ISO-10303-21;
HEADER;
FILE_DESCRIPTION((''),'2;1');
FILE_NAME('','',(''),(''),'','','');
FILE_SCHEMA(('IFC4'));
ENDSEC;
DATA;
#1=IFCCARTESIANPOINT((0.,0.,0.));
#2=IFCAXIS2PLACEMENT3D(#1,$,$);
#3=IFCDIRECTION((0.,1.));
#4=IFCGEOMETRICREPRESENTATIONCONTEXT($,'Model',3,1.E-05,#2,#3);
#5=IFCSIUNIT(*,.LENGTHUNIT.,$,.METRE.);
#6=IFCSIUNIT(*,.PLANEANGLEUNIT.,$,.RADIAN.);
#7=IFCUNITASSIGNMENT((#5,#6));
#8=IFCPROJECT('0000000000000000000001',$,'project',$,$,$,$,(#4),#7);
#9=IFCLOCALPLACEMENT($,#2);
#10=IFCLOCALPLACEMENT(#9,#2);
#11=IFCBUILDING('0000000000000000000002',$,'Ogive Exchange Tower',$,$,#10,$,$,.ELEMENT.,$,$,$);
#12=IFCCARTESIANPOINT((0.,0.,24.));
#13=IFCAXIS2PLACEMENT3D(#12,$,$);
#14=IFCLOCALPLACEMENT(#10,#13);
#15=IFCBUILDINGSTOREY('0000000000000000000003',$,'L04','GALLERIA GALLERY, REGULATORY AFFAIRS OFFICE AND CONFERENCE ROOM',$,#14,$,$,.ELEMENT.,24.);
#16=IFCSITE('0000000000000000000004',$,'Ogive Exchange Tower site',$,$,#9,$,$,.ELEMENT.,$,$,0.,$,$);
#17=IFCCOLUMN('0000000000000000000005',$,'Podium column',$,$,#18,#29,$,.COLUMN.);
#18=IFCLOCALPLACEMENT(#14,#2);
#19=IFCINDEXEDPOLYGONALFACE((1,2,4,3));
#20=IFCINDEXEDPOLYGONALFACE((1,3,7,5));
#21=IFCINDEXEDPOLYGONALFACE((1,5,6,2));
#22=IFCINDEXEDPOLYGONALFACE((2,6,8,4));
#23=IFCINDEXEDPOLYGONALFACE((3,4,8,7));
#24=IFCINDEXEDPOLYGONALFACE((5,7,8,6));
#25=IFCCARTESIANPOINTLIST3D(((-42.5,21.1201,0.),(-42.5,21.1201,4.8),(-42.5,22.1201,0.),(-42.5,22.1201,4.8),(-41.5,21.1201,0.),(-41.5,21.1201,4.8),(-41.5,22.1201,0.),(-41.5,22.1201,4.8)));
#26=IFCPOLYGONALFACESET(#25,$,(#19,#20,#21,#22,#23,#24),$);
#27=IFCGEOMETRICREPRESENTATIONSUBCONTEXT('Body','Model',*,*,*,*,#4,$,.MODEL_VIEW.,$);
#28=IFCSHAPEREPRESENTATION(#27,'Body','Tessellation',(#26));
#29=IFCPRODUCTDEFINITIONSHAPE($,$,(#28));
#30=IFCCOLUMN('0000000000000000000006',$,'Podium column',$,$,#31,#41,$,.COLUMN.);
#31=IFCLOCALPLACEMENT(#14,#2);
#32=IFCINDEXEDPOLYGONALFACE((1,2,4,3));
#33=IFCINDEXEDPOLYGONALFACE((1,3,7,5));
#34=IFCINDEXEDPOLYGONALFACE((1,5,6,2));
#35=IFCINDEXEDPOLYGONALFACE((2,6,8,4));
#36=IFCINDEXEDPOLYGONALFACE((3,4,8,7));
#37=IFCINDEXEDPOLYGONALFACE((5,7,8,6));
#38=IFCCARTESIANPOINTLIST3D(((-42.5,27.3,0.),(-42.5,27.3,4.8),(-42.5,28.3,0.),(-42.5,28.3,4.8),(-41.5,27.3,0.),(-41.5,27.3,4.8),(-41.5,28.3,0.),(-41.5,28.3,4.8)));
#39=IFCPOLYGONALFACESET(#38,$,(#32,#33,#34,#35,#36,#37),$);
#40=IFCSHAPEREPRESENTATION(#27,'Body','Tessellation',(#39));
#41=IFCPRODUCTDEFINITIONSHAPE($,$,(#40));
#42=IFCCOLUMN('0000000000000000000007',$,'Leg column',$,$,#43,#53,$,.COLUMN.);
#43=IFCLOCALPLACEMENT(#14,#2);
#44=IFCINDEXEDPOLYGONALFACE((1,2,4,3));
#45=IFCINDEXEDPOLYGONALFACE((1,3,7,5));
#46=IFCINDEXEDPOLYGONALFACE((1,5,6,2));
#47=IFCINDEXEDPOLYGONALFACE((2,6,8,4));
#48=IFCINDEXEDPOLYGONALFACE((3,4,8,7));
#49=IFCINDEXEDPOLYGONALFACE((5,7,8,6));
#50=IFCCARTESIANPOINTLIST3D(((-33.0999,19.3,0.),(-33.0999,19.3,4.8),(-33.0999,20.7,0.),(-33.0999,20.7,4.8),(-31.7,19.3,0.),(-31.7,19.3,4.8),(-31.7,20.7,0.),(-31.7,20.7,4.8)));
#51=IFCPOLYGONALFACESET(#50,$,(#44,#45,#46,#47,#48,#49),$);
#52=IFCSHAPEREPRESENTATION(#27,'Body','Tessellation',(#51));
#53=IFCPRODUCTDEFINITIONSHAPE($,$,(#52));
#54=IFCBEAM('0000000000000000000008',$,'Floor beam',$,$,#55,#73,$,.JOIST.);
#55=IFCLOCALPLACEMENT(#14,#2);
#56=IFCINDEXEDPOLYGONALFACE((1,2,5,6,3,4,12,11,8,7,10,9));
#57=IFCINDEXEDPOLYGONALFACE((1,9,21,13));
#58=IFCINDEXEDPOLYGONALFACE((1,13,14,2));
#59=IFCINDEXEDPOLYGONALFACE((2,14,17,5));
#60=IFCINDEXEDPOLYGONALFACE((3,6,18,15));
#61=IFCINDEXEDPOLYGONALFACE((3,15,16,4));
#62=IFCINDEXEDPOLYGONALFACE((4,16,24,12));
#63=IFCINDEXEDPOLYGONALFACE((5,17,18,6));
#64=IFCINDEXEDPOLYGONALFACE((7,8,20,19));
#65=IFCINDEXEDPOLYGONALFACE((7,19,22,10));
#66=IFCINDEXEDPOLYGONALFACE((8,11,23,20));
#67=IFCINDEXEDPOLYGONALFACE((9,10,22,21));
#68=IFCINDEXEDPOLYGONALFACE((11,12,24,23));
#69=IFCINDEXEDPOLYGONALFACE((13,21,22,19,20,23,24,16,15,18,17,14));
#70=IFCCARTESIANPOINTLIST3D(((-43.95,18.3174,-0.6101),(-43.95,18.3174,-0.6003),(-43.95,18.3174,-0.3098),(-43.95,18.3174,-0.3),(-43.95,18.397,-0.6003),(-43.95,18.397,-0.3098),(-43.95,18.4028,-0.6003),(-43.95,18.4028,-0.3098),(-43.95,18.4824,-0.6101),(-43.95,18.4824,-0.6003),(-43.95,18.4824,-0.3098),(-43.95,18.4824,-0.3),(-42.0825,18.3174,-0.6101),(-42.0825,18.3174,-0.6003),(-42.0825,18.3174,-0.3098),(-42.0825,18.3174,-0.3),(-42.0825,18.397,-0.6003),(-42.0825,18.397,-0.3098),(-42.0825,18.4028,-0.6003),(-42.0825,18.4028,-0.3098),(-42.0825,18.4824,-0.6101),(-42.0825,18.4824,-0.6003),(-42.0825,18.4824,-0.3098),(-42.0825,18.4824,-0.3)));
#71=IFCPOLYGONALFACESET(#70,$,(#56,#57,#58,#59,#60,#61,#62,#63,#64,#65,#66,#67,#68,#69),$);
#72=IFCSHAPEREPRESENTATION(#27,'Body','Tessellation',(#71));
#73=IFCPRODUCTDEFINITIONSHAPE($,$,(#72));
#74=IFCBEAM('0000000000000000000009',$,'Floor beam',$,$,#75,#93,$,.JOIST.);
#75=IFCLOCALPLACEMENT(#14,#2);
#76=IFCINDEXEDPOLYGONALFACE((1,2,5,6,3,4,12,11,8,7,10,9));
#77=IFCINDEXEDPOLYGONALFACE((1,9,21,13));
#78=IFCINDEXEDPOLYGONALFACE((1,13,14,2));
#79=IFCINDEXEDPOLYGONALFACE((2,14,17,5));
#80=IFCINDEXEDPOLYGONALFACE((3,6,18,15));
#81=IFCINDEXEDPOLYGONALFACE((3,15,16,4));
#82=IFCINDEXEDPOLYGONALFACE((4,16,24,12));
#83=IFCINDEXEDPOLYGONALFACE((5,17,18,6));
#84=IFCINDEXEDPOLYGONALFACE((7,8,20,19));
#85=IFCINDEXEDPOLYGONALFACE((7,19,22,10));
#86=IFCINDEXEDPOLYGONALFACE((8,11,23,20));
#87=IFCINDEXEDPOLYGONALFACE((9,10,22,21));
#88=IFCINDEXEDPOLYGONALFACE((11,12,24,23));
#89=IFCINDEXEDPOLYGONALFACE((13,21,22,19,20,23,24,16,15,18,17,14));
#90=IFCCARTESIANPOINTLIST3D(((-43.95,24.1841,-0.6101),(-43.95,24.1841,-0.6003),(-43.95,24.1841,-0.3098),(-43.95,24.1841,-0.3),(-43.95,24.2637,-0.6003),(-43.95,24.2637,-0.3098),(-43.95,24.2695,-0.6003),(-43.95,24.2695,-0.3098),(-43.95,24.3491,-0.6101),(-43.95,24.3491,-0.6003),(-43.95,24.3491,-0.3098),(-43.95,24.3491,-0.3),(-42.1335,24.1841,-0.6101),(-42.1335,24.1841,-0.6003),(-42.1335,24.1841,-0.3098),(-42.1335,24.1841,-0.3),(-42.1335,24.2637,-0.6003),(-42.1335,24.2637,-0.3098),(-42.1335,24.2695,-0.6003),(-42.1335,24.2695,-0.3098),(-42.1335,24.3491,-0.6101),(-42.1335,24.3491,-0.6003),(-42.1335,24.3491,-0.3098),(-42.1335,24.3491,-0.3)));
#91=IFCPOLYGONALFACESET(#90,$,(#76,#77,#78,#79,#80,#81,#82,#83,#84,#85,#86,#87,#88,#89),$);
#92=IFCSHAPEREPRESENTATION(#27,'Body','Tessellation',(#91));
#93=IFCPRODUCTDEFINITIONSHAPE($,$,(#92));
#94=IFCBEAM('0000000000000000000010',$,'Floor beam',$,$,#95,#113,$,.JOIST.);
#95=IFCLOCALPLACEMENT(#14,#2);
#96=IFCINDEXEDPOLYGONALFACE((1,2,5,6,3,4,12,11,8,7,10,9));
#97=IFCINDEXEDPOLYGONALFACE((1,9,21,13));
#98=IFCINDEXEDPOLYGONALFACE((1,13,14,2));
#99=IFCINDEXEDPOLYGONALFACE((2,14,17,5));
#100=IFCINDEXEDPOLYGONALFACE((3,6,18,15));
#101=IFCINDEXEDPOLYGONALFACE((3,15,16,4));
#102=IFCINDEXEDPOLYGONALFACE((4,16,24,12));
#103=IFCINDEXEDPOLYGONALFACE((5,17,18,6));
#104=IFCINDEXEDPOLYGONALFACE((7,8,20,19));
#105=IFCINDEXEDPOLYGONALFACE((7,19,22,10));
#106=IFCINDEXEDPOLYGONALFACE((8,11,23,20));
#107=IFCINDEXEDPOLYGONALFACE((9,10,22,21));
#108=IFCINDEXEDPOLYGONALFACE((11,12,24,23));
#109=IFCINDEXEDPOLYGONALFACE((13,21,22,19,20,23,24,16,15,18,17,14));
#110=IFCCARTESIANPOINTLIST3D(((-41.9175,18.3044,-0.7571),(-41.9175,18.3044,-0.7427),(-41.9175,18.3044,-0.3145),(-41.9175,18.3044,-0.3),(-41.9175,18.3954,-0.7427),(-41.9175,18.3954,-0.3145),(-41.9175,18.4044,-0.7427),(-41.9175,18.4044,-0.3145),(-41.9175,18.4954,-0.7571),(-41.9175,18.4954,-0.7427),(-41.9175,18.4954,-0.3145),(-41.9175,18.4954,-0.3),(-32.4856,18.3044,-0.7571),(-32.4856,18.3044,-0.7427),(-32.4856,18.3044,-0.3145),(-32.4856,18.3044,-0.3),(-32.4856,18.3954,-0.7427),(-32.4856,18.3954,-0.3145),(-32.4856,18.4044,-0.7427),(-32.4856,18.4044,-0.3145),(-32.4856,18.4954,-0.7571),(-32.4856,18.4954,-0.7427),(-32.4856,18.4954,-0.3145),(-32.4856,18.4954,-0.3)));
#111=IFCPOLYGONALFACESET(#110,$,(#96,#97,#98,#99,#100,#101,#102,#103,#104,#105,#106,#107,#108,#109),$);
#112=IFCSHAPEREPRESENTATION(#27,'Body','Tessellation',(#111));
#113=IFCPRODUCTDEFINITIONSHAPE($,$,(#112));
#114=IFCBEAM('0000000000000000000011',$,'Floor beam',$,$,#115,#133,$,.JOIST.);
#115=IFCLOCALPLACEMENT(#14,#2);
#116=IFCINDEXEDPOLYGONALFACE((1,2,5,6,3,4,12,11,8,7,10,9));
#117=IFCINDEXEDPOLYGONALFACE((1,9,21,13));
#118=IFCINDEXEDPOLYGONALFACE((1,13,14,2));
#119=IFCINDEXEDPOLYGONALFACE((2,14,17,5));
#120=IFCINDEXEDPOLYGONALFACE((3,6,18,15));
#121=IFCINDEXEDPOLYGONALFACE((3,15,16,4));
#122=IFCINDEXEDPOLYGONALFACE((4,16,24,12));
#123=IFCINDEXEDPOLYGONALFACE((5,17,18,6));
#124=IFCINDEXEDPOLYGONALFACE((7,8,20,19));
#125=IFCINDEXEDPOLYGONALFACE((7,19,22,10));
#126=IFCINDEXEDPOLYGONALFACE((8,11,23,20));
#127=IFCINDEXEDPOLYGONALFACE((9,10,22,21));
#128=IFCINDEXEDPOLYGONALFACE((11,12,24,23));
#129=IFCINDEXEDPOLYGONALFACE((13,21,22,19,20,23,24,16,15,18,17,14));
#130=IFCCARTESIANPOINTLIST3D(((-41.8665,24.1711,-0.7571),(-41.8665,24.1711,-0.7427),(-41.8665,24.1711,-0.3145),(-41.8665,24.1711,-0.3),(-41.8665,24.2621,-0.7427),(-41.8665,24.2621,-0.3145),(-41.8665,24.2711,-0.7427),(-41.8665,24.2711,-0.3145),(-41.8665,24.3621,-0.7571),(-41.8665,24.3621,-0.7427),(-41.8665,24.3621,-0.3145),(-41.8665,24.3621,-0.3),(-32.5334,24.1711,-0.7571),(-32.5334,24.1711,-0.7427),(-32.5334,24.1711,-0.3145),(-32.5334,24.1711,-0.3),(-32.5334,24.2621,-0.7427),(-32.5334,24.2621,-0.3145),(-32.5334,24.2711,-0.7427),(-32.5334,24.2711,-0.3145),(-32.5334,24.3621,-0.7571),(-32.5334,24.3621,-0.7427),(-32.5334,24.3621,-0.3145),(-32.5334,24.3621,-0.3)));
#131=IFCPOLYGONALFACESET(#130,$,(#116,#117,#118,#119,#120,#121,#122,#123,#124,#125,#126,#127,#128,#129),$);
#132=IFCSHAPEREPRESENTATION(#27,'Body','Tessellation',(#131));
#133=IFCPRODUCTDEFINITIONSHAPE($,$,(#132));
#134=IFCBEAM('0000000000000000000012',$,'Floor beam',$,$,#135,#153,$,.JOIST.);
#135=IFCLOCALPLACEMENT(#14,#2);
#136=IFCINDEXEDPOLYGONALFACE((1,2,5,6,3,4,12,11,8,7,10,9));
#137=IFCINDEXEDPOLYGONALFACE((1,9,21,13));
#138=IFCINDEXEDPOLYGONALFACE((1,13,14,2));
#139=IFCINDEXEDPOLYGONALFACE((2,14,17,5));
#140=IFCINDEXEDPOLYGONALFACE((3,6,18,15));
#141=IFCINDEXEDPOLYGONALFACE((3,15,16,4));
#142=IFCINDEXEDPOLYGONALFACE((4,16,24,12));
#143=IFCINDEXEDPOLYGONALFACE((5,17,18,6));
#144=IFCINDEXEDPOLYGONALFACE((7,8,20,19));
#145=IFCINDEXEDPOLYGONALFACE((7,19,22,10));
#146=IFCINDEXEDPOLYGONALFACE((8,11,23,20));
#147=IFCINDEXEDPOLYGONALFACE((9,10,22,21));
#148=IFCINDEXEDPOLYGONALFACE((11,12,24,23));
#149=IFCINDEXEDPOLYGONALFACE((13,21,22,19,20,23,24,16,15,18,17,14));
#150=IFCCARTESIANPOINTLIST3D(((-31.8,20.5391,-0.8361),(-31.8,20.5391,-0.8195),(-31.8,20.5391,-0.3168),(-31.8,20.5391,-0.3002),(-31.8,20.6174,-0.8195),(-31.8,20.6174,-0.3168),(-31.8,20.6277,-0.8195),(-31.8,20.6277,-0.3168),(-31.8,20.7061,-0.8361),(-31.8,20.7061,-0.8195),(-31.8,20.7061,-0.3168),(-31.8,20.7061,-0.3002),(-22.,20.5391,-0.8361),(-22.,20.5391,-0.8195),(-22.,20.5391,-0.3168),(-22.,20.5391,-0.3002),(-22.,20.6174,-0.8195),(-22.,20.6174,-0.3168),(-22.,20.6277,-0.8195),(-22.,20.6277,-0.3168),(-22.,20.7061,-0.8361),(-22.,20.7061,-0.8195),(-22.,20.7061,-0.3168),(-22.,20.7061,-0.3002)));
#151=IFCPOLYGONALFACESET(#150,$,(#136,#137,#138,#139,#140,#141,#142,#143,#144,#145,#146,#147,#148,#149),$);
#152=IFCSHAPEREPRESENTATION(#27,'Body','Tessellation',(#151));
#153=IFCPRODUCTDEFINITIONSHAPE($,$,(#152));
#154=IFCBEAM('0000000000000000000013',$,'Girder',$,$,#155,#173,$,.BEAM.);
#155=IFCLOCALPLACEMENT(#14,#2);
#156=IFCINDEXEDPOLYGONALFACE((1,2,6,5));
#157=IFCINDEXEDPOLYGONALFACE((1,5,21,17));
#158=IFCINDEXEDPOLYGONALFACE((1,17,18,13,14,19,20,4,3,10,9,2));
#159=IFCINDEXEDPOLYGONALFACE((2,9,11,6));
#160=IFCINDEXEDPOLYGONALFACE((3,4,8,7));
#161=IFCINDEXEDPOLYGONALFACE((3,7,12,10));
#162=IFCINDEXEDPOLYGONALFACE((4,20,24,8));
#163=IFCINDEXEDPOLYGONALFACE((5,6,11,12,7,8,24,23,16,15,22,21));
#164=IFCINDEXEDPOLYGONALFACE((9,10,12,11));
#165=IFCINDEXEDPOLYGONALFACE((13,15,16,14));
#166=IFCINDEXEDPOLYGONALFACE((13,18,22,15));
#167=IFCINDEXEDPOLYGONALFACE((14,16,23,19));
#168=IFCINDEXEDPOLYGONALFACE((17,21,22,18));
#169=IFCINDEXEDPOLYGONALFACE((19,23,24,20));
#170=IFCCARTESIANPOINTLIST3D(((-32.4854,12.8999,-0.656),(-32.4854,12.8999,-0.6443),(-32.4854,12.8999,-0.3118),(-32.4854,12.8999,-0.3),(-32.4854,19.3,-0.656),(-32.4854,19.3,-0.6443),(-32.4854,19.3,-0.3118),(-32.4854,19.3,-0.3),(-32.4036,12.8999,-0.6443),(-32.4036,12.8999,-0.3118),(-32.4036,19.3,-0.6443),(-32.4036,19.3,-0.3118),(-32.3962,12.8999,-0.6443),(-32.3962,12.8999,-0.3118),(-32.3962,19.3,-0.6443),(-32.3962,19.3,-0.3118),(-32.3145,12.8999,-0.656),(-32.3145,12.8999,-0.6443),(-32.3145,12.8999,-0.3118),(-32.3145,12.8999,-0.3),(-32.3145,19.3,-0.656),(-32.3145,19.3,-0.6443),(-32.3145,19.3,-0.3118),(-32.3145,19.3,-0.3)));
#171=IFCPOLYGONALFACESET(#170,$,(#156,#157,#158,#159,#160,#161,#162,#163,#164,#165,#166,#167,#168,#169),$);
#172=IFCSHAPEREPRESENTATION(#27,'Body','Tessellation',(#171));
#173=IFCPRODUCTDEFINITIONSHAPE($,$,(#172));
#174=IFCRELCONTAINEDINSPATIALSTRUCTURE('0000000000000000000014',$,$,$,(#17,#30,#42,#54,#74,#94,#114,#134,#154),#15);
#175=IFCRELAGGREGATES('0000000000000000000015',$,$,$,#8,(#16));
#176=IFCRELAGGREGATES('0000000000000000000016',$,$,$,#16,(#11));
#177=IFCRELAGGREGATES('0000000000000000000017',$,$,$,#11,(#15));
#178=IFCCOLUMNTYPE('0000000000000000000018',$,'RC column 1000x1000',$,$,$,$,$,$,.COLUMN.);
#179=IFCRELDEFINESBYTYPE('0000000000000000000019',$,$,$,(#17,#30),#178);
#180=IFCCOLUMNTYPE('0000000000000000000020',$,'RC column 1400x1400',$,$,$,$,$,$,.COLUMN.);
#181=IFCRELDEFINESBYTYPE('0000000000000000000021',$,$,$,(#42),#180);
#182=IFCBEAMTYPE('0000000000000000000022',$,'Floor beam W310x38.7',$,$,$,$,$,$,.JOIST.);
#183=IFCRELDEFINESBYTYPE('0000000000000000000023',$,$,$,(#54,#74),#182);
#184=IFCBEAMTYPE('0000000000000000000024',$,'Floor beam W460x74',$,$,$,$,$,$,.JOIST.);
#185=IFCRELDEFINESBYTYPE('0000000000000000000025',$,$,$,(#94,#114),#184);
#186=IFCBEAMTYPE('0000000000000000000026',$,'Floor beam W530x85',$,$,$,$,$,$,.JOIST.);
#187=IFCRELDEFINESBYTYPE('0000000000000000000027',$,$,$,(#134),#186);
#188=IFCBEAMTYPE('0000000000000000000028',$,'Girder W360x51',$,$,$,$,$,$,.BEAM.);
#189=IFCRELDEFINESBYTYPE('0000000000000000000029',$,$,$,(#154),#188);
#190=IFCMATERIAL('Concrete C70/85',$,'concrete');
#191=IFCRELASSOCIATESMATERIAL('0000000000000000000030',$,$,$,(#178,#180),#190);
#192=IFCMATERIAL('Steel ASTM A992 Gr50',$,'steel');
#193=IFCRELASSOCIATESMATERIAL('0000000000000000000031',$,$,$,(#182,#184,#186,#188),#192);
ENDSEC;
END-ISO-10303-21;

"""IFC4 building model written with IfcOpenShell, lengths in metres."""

from ifc_helpers import new_model, si_unit, direction, frame, origin, origin_2d, place, context, subcontext, project, spatial, rectangle, i_section, extrude, material, material_profile, profile_set, type_object, element, save


model = new_model("IFC4")

# Units and contexts
model_context = context("Model", 3, precision=1e-05, world=origin(), true_north=direction((0.0, 1.0)))
body_context = subcontext(model_context, "Body", "Model", "MODEL_VIEW")
ifc_project = project(units=[si_unit("LENGTHUNIT", "METRE"), si_unit("PLANEANGLEUNIT", "RADIAN")], contexts=[model_context])

# Site, building, storey
site_placement = place(None, origin())
site = spatial("IfcSite", under=ifc_project, at=site_placement, Name="Ogive Exchange Tower site", CompositionType="ELEMENT", RefElevation=0.0)
building_placement = place(site_placement, origin())
building = spatial("IfcBuilding", under=site, at=building_placement, Name="Ogive Exchange Tower", CompositionType="ELEMENT")
storey_placement = place(building_placement, frame((0.0, 0.0, 24.0)))
storey = spatial("IfcBuildingStorey", under=building, at=storey_placement, Name="L04", Description="GALLERIA GALLERY, REGULATORY AFFAIRS OFFICE AND CONFERENCE ROOM", CompositionType="ELEMENT", Elevation=24.0)

# Columns
ifc_material_1 = material(Name="Concrete C70/85", Category="concrete")
ifc_material_profile_1 = material_profile(ifc_material_1, rectangle(XDim=1.0, YDim=1.0, at=origin_2d()), Name="RC 1000x1000")
ifc_profile_set_1 = profile_set([ifc_material_profile_1], Name="Concrete C70/85")
column_type_1 = type_object("IfcColumnType", Name="RC column 1000x1000", PredefinedType="COLUMN", material=ifc_profile_set_1)
for number, where, z_axis, x_axis, name in (
    (1, (-42.0, 21.6201, 0.0), (0.0, 0.0, 1.0), (1.0, 0.0, 0.0), "Podium column"),
    (2, (-42.0, 27.8, 0.0), (0.0, 0.0, 1.0), (1.0, 0.0, 0.0), "Podium column"),
):
    element("IfcColumn", number, at=place(storey_placement, frame(where, z_axis=z_axis, x_axis=x_axis)), inside=storey, type_object=column_type_1, Name=name, PredefinedType="COLUMN", context=body_context, shape_type="SweptSolid", body=[
        extrude(rectangle(XDim=1.0, YDim=1.0, at=origin_2d()), origin(), (0.0, 0.0, 1.0), 4.8),
    ])
ifc_material_profile_2 = material_profile(ifc_material_1, rectangle(XDim=1.3999, YDim=1.3999, at=origin_2d()), Name="RC 1400x1400")
ifc_profile_set_2 = profile_set([ifc_material_profile_2], Name="Concrete C70/85")
column_type_2 = type_object("IfcColumnType", Name="RC column 1400x1400", PredefinedType="COLUMN", material=ifc_profile_set_2)
column_placement = place(storey_placement, frame((-32.3999, 20.0, 0.0), z_axis=(0.0, 0.0, 1.0), x_axis=(1.0, 0.0, 0.0)))
element("IfcColumn", 3, at=column_placement, inside=storey, type_object=column_type_2, Name="Leg column", PredefinedType="COLUMN", context=body_context, shape_type="SweptSolid", body=[
    extrude(rectangle(XDim=1.3999, YDim=1.3999, at=origin_2d()), origin(), (0.0, 0.0, 1.0), 4.8),
])

# Beams
ifc_material_2 = material(Name="Steel ASTM A992 Gr50", Category="steel")
ifc_material_profile_3 = material_profile(ifc_material_2, i_section(OverallWidth=0.165, OverallDepth=0.3101, WebThickness=0.0059, FlangeThickness=0.0098, at=origin_2d()), Name="W310x38.7")
ifc_profile_set_3 = profile_set([ifc_material_profile_3], Name="Steel ASTM A992 Gr50")
beam_type_1 = type_object("IfcBeamType", Name="Floor beam W310x38.7", PredefinedType="JOIST", material=ifc_profile_set_3)
beam_1_placement = place(storey_placement, frame((-43.95, 18.3999, -0.4551), z_axis=(1.0, 0.0, 0.0), x_axis=(0.0, 1.0, 0.0)))
element("IfcBeam", 4, at=beam_1_placement, inside=storey, type_object=beam_type_1, Name="Floor beam", PredefinedType="JOIST", context=body_context, shape_type="SweptSolid", body=[
    extrude(i_section(OverallWidth=0.165, OverallDepth=0.3101, WebThickness=0.0059, FlangeThickness=0.0098, at=origin_2d()), origin(), (0.0, 0.0, 1.0), 1.8674),
])
beam_2_placement = place(storey_placement, frame((-43.95, 24.2666, -0.4551), z_axis=(1.0, 0.0, 0.0), x_axis=(0.0, 1.0, 0.0)))
element("IfcBeam", 5, at=beam_2_placement, inside=storey, type_object=beam_type_1, Name="Floor beam", PredefinedType="JOIST", context=body_context, shape_type="SweptSolid", body=[
    extrude(i_section(OverallWidth=0.165, OverallDepth=0.3101, WebThickness=0.0059, FlangeThickness=0.0098, at=origin_2d()), origin(), (0.0, 0.0, 1.0), 1.8164),
])
ifc_material_profile_4 = material_profile(ifc_material_2, i_section(OverallWidth=0.1909, OverallDepth=0.457, WebThickness=0.009, FlangeThickness=0.0144, at=origin_2d()), Name="W460x74")
ifc_profile_set_4 = profile_set([ifc_material_profile_4], Name="Steel ASTM A992 Gr50")
beam_type_2 = type_object("IfcBeamType", Name="Floor beam W460x74", PredefinedType="JOIST", material=ifc_profile_set_4)
beam_3_placement = place(storey_placement, frame((-41.9175, 18.3999, -0.5286), z_axis=(1.0, 0.0, 0.0), x_axis=(0.0, 1.0, 0.0)))
element("IfcBeam", 6, at=beam_3_placement, inside=storey, type_object=beam_type_2, Name="Floor beam", PredefinedType="JOIST", context=body_context, shape_type="SweptSolid", body=[
    extrude(i_section(OverallWidth=0.1909, OverallDepth=0.457, WebThickness=0.009, FlangeThickness=0.0144, at=origin_2d()), origin(), (0.0, 0.0, 1.0), 9.4319),
])
beam_4_placement = place(storey_placement, frame((-41.8665, 24.2666, -0.5286), z_axis=(1.0, 0.0, 0.0), x_axis=(0.0, 1.0, 0.0)))
element("IfcBeam", 7, at=beam_4_placement, inside=storey, type_object=beam_type_2, Name="Floor beam", PredefinedType="JOIST", context=body_context, shape_type="SweptSolid", body=[
    extrude(i_section(OverallWidth=0.1909, OverallDepth=0.457, WebThickness=0.009, FlangeThickness=0.0144, at=origin_2d()), origin(), (0.0, 0.0, 1.0), 9.333),
])
ifc_material_profile_5 = material_profile(ifc_material_2, i_section(OverallWidth=0.167, OverallDepth=0.5359, WebThickness=0.0103, FlangeThickness=0.0166, at=origin_2d()), Name="W530x85")
ifc_profile_set_5 = profile_set([ifc_material_profile_5], Name="Steel ASTM A992 Gr50")
beam_type_3 = type_object("IfcBeamType", Name="Floor beam W530x85", PredefinedType="JOIST", material=ifc_profile_set_5)
beam_5_placement = place(storey_placement, frame((-31.8, 20.6226, -0.5681), z_axis=(1.0, 0.0, 0.0), x_axis=(0.0, 1.0, 0.0)))
element("IfcBeam", 8, at=beam_5_placement, inside=storey, type_object=beam_type_3, Name="Floor beam", PredefinedType="JOIST", context=body_context, shape_type="SweptSolid", body=[
    extrude(i_section(OverallWidth=0.167, OverallDepth=0.5359, WebThickness=0.0103, FlangeThickness=0.0166, at=origin_2d()), origin(), (0.0, 0.0, 1.0), 9.8),
])
ifc_material_profile_6 = material_profile(ifc_material_2, i_section(OverallWidth=0.1709, OverallDepth=0.356, WebThickness=0.0073, FlangeThickness=0.0117, at=origin_2d()), Name="W360x51")
ifc_profile_set_6 = profile_set([ifc_material_profile_6], Name="Steel ASTM A992 Gr50")
beam_type_4 = type_object("IfcBeamType", Name="Girder W360x51", PredefinedType="BEAM", material=ifc_profile_set_6)
beam_6_placement = place(storey_placement, frame((-32.3999, 19.3, -0.478), z_axis=(0.0, -1.0, 0.0), x_axis=(1.0, 0.0, 0.0)))
element("IfcBeam", 9, at=beam_6_placement, inside=storey, type_object=beam_type_4, Name="Girder", PredefinedType="BEAM", context=body_context, shape_type="SweptSolid", body=[
    extrude(i_section(OverallWidth=0.1709, OverallDepth=0.356, WebThickness=0.0073, FlangeThickness=0.0117, at=origin_2d()), origin(), (0.0, 0.0, 1.0), 6.4001),
])

save(model, "model.ifc")
